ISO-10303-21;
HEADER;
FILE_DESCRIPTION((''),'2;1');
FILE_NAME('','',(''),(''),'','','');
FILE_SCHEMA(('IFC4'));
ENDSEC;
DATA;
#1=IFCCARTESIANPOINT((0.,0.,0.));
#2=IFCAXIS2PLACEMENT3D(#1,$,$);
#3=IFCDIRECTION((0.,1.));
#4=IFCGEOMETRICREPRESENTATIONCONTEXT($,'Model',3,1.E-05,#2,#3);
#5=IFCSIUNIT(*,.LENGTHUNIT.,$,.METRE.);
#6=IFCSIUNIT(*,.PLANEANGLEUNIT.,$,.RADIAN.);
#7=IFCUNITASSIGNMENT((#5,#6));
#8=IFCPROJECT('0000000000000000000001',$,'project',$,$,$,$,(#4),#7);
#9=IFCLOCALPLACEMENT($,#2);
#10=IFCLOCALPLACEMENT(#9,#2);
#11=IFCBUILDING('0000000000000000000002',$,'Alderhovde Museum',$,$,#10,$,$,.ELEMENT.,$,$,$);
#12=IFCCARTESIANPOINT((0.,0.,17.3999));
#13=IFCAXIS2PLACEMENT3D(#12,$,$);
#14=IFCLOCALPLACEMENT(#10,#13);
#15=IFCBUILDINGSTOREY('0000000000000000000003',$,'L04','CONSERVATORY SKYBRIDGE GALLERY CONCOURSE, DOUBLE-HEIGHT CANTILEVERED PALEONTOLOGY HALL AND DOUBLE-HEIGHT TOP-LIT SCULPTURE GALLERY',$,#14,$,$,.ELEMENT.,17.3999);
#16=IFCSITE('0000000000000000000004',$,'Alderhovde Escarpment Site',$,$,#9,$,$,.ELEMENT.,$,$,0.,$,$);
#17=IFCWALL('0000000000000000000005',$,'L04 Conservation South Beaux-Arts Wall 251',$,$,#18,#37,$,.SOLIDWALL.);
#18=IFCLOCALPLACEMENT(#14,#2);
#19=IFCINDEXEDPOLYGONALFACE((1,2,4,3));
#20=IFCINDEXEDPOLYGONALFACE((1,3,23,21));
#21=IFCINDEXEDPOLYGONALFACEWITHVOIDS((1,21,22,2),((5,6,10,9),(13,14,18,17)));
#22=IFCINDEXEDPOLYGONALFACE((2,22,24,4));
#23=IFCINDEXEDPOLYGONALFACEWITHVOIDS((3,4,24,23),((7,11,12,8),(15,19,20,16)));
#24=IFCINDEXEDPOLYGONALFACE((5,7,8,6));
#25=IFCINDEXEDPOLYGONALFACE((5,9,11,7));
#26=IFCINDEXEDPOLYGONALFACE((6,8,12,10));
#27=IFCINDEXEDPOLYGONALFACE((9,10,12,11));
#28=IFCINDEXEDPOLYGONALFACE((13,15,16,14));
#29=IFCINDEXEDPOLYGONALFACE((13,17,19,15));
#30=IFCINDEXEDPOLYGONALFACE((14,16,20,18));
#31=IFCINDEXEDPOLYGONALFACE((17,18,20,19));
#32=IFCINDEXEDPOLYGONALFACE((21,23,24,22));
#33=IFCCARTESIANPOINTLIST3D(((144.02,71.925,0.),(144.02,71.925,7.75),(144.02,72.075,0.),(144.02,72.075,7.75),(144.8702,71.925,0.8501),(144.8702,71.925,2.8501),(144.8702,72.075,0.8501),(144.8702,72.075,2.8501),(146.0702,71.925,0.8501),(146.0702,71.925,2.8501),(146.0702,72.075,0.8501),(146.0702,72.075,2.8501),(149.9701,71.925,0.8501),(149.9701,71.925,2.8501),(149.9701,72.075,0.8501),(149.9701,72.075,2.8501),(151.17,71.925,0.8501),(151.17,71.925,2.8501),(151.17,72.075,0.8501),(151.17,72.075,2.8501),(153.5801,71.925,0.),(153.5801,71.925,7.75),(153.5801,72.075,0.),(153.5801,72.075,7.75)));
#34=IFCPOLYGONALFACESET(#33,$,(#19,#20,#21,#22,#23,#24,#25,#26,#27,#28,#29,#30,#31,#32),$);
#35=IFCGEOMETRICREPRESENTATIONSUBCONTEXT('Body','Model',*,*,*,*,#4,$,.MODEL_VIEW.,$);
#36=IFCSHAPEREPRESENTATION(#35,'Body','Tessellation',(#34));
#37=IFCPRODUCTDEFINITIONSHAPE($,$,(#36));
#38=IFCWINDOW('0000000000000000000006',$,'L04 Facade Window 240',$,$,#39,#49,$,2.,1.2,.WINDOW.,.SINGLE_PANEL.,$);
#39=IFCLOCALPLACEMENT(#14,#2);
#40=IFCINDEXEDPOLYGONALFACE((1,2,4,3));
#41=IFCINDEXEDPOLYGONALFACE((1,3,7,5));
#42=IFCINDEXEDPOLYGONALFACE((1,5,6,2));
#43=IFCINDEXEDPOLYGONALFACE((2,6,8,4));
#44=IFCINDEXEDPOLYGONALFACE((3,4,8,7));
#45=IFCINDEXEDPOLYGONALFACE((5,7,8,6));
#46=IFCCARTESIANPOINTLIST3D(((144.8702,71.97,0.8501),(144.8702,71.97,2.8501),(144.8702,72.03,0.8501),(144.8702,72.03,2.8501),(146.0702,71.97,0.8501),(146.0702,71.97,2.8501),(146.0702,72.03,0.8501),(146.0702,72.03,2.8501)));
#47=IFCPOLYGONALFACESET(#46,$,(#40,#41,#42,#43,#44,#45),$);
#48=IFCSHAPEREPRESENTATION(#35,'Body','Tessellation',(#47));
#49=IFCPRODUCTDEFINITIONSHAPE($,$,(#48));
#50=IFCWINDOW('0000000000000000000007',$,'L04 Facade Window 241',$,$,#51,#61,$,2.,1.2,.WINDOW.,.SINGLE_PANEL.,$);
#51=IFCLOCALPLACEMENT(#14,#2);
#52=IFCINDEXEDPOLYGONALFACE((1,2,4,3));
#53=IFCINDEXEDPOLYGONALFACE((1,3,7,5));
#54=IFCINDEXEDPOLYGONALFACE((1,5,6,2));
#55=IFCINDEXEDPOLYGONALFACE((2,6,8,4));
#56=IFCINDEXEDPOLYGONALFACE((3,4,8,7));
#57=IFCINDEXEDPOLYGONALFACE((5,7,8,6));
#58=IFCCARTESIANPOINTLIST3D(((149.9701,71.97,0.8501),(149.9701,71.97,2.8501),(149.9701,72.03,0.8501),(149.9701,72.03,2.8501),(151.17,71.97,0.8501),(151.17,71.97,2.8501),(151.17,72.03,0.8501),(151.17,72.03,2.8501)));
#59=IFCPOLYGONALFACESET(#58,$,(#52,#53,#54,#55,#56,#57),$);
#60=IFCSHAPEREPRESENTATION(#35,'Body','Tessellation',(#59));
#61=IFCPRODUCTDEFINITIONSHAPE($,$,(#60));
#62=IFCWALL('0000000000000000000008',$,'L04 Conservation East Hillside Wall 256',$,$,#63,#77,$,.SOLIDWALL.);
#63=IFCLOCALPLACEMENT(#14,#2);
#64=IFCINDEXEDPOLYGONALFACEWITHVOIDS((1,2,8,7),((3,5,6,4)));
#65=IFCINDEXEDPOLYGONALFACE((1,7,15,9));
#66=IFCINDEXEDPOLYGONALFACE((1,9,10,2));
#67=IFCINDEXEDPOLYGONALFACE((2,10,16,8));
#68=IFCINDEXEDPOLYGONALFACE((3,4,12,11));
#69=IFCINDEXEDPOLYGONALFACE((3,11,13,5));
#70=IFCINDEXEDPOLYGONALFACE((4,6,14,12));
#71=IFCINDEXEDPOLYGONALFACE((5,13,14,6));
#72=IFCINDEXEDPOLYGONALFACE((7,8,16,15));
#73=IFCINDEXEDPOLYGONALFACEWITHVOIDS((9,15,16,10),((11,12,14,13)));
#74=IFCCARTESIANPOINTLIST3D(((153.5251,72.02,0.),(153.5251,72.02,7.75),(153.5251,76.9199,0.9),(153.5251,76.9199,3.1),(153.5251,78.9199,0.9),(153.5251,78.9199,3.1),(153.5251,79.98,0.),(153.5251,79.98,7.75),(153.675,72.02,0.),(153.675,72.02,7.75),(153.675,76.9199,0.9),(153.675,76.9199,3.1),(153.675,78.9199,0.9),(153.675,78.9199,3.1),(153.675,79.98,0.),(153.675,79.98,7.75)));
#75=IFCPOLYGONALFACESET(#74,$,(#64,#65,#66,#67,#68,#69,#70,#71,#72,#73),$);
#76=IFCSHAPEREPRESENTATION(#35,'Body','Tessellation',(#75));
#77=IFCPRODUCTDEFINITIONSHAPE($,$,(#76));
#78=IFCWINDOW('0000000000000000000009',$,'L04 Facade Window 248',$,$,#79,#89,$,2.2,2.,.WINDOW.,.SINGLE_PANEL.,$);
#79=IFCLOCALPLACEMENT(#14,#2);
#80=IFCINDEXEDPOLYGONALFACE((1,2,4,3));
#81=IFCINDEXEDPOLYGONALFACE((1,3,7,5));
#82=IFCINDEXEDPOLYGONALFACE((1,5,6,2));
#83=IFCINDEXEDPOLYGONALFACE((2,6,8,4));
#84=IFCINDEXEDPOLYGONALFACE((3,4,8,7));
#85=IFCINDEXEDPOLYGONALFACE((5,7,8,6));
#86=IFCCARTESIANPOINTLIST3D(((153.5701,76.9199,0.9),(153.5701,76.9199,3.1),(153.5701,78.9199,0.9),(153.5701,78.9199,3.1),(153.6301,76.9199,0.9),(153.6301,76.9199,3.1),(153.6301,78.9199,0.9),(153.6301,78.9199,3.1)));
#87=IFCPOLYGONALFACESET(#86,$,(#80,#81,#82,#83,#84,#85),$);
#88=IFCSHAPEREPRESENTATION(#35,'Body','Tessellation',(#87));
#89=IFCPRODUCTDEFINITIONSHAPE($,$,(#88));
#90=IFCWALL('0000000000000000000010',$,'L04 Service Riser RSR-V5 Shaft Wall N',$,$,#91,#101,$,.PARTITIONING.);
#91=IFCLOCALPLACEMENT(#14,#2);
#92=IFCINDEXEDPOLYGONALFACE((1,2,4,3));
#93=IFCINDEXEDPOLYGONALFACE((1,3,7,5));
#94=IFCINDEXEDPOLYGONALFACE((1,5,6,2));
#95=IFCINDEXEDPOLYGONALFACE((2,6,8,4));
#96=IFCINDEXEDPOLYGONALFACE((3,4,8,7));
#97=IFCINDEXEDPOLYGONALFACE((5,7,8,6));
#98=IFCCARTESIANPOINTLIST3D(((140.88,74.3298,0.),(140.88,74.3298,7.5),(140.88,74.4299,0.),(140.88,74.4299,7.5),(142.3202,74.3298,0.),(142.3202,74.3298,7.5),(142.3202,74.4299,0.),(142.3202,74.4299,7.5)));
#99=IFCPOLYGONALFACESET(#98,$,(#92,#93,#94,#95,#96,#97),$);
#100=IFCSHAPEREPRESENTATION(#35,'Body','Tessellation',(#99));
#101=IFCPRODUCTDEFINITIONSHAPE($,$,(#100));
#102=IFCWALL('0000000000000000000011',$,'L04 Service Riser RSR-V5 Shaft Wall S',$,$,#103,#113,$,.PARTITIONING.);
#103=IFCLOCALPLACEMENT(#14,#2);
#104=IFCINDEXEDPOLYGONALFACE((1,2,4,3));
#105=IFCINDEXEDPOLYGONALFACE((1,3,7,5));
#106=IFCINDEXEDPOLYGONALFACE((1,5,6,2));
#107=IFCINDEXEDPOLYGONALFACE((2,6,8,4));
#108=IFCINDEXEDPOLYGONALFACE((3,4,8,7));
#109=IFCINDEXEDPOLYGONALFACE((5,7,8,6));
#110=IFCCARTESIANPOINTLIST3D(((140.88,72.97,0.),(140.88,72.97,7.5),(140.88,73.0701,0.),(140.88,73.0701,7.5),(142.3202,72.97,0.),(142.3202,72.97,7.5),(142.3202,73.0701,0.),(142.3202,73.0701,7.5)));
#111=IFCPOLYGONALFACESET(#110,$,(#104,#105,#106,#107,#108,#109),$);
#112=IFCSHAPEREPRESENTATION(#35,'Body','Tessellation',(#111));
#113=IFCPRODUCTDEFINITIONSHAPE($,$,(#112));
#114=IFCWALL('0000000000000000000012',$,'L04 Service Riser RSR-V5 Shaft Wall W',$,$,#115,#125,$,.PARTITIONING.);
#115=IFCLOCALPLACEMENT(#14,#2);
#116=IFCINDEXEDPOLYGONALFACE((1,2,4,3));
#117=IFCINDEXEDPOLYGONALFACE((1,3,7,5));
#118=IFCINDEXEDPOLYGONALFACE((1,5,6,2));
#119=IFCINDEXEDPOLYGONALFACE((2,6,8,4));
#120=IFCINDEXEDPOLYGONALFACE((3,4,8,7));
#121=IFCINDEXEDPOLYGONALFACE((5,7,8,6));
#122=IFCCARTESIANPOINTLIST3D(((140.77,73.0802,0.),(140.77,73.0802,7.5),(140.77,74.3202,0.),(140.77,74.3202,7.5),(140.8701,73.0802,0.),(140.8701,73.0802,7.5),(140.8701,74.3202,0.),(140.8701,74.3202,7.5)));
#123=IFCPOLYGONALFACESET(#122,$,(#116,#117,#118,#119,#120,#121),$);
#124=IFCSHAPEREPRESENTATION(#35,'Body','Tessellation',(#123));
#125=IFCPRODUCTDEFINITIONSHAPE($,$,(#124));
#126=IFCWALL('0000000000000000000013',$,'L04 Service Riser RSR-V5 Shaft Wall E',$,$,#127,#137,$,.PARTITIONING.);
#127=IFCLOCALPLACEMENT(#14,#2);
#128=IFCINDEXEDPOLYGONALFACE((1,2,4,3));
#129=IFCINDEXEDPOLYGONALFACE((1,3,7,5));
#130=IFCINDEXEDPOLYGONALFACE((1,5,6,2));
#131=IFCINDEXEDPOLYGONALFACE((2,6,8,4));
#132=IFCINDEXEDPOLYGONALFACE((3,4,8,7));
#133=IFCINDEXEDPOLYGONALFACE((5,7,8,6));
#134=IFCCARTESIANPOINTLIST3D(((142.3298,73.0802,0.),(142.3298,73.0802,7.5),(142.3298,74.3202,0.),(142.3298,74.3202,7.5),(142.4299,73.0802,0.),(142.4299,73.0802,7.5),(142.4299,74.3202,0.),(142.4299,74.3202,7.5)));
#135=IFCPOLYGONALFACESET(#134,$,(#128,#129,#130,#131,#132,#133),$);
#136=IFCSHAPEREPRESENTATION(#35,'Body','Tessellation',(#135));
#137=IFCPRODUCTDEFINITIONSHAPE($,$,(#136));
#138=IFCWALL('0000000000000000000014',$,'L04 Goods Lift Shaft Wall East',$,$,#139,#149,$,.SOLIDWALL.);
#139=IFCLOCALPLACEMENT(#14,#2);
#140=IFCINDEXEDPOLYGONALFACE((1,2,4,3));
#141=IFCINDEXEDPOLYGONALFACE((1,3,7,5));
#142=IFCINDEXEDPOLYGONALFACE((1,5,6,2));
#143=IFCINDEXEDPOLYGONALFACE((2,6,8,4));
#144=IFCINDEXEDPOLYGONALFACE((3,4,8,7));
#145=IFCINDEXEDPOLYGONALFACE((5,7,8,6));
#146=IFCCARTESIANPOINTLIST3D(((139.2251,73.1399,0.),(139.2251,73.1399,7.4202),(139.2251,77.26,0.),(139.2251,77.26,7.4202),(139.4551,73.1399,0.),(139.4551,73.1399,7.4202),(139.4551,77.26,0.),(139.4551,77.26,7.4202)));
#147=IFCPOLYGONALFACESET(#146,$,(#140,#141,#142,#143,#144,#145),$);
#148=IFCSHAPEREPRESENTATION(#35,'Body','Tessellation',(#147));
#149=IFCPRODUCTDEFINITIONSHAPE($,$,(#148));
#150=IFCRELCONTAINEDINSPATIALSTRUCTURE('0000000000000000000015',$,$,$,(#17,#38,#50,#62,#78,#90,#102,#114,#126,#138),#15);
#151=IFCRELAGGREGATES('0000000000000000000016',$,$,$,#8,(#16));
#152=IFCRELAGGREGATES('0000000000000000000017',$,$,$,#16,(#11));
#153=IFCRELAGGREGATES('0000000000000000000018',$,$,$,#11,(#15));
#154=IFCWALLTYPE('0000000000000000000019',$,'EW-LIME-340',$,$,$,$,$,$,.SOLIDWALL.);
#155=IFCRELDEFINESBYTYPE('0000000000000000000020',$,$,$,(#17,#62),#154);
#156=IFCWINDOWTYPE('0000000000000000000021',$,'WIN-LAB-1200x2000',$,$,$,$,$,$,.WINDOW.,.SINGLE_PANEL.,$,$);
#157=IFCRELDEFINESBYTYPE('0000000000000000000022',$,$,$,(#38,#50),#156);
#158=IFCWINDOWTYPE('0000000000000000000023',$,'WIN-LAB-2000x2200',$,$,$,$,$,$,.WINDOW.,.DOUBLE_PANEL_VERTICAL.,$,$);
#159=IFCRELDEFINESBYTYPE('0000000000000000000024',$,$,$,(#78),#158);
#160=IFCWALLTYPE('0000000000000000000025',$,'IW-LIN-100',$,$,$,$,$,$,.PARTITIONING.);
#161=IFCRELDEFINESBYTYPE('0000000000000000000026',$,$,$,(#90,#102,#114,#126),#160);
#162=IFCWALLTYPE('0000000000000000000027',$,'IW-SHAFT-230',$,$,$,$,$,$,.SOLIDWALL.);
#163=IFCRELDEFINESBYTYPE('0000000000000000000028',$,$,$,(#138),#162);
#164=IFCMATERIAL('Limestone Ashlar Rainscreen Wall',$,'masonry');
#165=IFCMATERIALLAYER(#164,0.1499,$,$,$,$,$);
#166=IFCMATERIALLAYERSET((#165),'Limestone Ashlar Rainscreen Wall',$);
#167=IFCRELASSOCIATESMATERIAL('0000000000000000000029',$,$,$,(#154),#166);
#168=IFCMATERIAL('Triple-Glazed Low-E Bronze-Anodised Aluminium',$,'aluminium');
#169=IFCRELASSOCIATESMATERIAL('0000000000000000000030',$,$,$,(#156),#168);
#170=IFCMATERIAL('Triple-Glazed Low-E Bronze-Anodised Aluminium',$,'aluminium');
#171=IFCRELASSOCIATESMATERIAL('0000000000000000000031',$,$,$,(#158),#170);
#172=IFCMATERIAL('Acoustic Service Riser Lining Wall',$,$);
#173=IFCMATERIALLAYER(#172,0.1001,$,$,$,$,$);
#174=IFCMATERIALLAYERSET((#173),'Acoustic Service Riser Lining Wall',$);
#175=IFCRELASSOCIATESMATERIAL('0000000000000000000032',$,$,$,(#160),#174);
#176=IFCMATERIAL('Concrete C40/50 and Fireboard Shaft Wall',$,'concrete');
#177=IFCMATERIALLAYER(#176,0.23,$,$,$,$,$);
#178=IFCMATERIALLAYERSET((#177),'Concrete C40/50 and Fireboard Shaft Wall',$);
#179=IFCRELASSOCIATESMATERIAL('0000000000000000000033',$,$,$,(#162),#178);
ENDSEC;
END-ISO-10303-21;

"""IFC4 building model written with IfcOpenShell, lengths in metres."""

from ifc_helpers import new_model, si_unit, direction, frame, frame_2d, origin, place, context, subcontext, project, spatial, rectangle, extrude, material, layer, layer_set, type_object, element, fill, save


model = new_model("IFC4")

# Units and contexts
model_context = context("Model", 3, precision=1e-05, world=origin(), true_north=direction((0.0, 1.0)))
body_context = subcontext(model_context, "Body", "Model", "MODEL_VIEW")
ifc_project = project(units=[si_unit("LENGTHUNIT", "METRE"), si_unit("PLANEANGLEUNIT", "RADIAN")], contexts=[model_context])

# Site, building, storey
site_placement = place(None, origin())
site = spatial("IfcSite", under=ifc_project, at=site_placement, Name="Alderhovde Escarpment Site", CompositionType="ELEMENT", RefElevation=0.0)
building_placement = place(site_placement, origin())
building = spatial("IfcBuilding", under=site, at=building_placement, Name="Alderhovde Museum", CompositionType="ELEMENT")
storey_placement = place(building_placement, frame((0.0, 0.0, 17.3999)))
storey = spatial("IfcBuildingStorey", under=building, at=storey_placement, Name="L04", Description="CONSERVATORY SKYBRIDGE GALLERY CONCOURSE, DOUBLE-HEIGHT CANTILEVERED PALEONTOLOGY HALL AND DOUBLE-HEIGHT TOP-LIT SCULPTURE GALLERY", CompositionType="ELEMENT", Elevation=17.3999)

# Wall, openings, windows
ifc_material_1 = material(Name="Limestone Ashlar Rainscreen Wall", Category="masonry")
ifc_layer_1 = layer(ifc_material_1, 0.1499)
ifc_layer_set_1 = layer_set([ifc_layer_1], Name="Limestone Ashlar Rainscreen Wall")
wall_type_1 = type_object("IfcWallType", Name="EW-LIME-340", PredefinedType="SOLIDWALL", material=ifc_layer_set_1)
wall_1_placement = place(storey_placement, frame((144.02, 72.0, 0.0), z_axis=(0.0, 0.0, 1.0), x_axis=(1.0, 0.0, 0.0)))
wall_1 = element("IfcWall", 1, at=wall_1_placement, inside=storey, type_object=wall_type_1, Name="L04 Conservation South Beaux-Arts Wall 251", PredefinedType="SOLIDWALL", context=body_context, shape_type="SweptSolid", body=[
    extrude(rectangle(XDim=9.5601, YDim=0.1499, at=frame_2d((4.78, 0.0))), origin(), (0.0, 0.0, 1.0), 7.75),
])
opening_1_placement = place(wall_1_placement, frame((0.8501, 0.0, 0.8501)))
opening_1 = element("IfcOpeningElement", 2, at=opening_1_placement, cuts=wall_1, PredefinedType="OPENING", context=body_context, shape_type="SweptSolid", body=[
    extrude(rectangle(XDim=1.2, YDim=2.0, at=frame_2d((0.6001, 1.0))), frame((0.0, 0.085, 0.0), z_axis=(0.0, -1.0, 0.0), x_axis=(1.0, 0.0, 0.0)), (0.0, 0.0, 1.0), 0.1699),
])
opening_2_placement = place(wall_1_placement, frame((5.95, 0.0, 0.8501)))
opening_2 = element("IfcOpeningElement", 3, at=opening_2_placement, cuts=wall_1, PredefinedType="OPENING", context=body_context, shape_type="SweptSolid", body=[
    extrude(rectangle(XDim=1.2, YDim=2.0, at=frame_2d((0.6001, 1.0))), frame((0.0, 0.085, 0.0), z_axis=(0.0, -1.0, 0.0), x_axis=(1.0, 0.0, 0.0)), (0.0, 0.0, 1.0), 0.1699),
])
ifc_material_2 = material(Name="Triple-Glazed Low-E Bronze-Anodised Aluminium", Category="aluminium")
window_type_1 = type_object("IfcWindowType", Name="WIN-LAB-1200x2000", PartitioningType="SINGLE_PANEL", PredefinedType="WINDOW", material=ifc_material_2)
window_1_placement = place(opening_1_placement, origin())
window_1 = element("IfcWindow", 4, at=window_1_placement, inside=storey, type_object=window_type_1, Name="L04 Facade Window 240", OverallHeight=2.0, OverallWidth=1.2, PartitioningType="SINGLE_PANEL", PredefinedType="WINDOW", context=body_context, shape_type="SweptSolid", body=[
    extrude(rectangle(XDim=1.2, YDim=2.0, at=frame_2d((0.6001, 1.0))), frame((0.0, 0.03, 0.0), z_axis=(0.0, -1.0, 0.0), x_axis=(1.0, 0.0, 0.0)), (0.0, 0.0, 1.0), 0.0601),
])
fill(opening_1, window_1)
window_2_placement = place(opening_2_placement, origin())
window_2 = element("IfcWindow", 5, at=window_2_placement, inside=storey, type_object=window_type_1, Name="L04 Facade Window 241", OverallHeight=2.0, OverallWidth=1.2, PartitioningType="SINGLE_PANEL", PredefinedType="WINDOW", context=body_context, shape_type="SweptSolid", body=[
    extrude(rectangle(XDim=1.2, YDim=2.0, at=frame_2d((0.6001, 1.0))), frame((0.0, 0.03, 0.0), z_axis=(0.0, -1.0, 0.0), x_axis=(1.0, 0.0, 0.0)), (0.0, 0.0, 1.0), 0.0601),
])
fill(opening_2, window_2)

# Wall, opening, window
wall_2_placement = place(storey_placement, frame((153.6001, 72.02, 0.0), z_axis=(0.0, 0.0, 1.0), x_axis=(0.0, 1.0, 0.0)))
wall_2 = element("IfcWall", 6, at=wall_2_placement, inside=storey, type_object=wall_type_1, Name="L04 Conservation East Hillside Wall 256", PredefinedType="SOLIDWALL", context=body_context, shape_type="SweptSolid", body=[
    extrude(rectangle(XDim=7.96, YDim=0.1499, at=frame_2d((3.98, 0.0))), origin(), (0.0, 0.0, 1.0), 7.75),
])
opening_3_placement = place(wall_2_placement, frame((4.8999, 0.0, 0.8999)))
opening_3 = element("IfcOpeningElement", 7, at=opening_3_placement, cuts=wall_2, PredefinedType="OPENING", context=body_context, shape_type="SweptSolid", body=[
    extrude(rectangle(XDim=2.0, YDim=2.2, at=frame_2d((1.0, 1.1001))), frame((0.0, 0.085, 0.0), z_axis=(0.0, -1.0, 0.0), x_axis=(1.0, 0.0, 0.0)), (0.0, 0.0, 1.0), 0.1699),
])
ifc_material_3 = material(Name="Triple-Glazed Low-E Bronze-Anodised Aluminium", Category="aluminium")
window_type_2 = type_object("IfcWindowType", Name="WIN-LAB-2000x2200", PartitioningType="DOUBLE_PANEL_VERTICAL", PredefinedType="WINDOW", material=ifc_material_3)
window_3_placement = place(opening_3_placement, origin())
window_3 = element("IfcWindow", 8, at=window_3_placement, inside=storey, type_object=window_type_2, Name="L04 Facade Window 248", OverallHeight=2.2, OverallWidth=2.0, PartitioningType="SINGLE_PANEL", PredefinedType="WINDOW", context=body_context, shape_type="SweptSolid", body=[
    extrude(rectangle(XDim=2.0, YDim=2.2, at=frame_2d((1.0, 1.1001))), frame((0.0, 0.03, 0.0), z_axis=(0.0, -1.0, 0.0), x_axis=(1.0, 0.0, 0.0)), (0.0, 0.0, 1.0), 0.0601),
])
fill(opening_3, window_3)

# Walls
ifc_material_4 = material(Name="Acoustic Service Riser Lining Wall")
ifc_layer_2 = layer(ifc_material_4, 0.1001)
ifc_layer_set_2 = layer_set([ifc_layer_2], Name="Acoustic Service Riser Lining Wall")
wall_type_2 = type_object("IfcWallType", Name="IW-LIN-100", PredefinedType="PARTITIONING", material=ifc_layer_set_2)
for number, where, z_axis, x_axis, name in (
    (9, (140.8799, 74.3799, 0.0), (0.0, 0.0, 1.0), (1.0, 0.0, 0.0), "L04 Service Riser RSR-V5 Shaft Wall N"),
    (10, (140.8799, 73.02, 0.0), (0.0, 0.0, 1.0), (1.0, 0.0, 0.0), "L04 Service Riser RSR-V5 Shaft Wall S"),
):
    element("IfcWall", number, at=place(storey_placement, frame(where, z_axis=z_axis, x_axis=x_axis)), inside=storey, type_object=wall_type_2, Name=name, PredefinedType="PARTITIONING", context=body_context, shape_type="SweptSolid", body=[
        extrude(rectangle(XDim=1.4402, YDim=0.1001, at=frame_2d((0.7202, 0.0))), origin(), (0.0, 0.0, 1.0), 7.5),
    ])
for number, where, z_axis, x_axis, name in (
    (11, (140.8201, 73.0801, 0.0), (0.0, 0.0, 1.0), (0.0, 1.0, 0.0), "L04 Service Riser RSR-V5 Shaft Wall W"),
    (12, (142.3799, 73.0801, 0.0), (0.0, 0.0, 1.0), (0.0, 1.0, 0.0), "L04 Service Riser RSR-V5 Shaft Wall E"),
):
    element("IfcWall", number, at=place(storey_placement, frame(where, z_axis=z_axis, x_axis=x_axis)), inside=storey, type_object=wall_type_2, Name=name, PredefinedType="PARTITIONING", context=body_context, shape_type="SweptSolid", body=[
        extrude(rectangle(XDim=1.24, YDim=0.1001, at=frame_2d((0.6201, 0.0))), origin(), (0.0, 0.0, 1.0), 7.5),
    ])
ifc_material_5 = material(Name="Concrete C40/50 and Fireboard Shaft Wall", Category="concrete")
ifc_layer_3 = layer(ifc_material_5, 0.23)
ifc_layer_set_3 = layer_set([ifc_layer_3], Name="Concrete C40/50 and Fireboard Shaft Wall")
wall_type_3 = type_object("IfcWallType", Name="IW-SHAFT-230", PredefinedType="SOLIDWALL", material=ifc_layer_set_3)
wall_3_placement = place(storey_placement, frame((139.3401, 73.1399, 0.0), z_axis=(0.0, 0.0, 1.0), x_axis=(0.0, 1.0, 0.0)))
element("IfcWall", 13, at=wall_3_placement, inside=storey, type_object=wall_type_3, Name="L04 Goods Lift Shaft Wall East", PredefinedType="SOLIDWALL", context=body_context, shape_type="SweptSolid", body=[
    extrude(rectangle(XDim=4.1201, YDim=0.23, at=frame_2d((2.0601, 0.0))), origin(), (0.0, 0.0, 1.0), 7.4202),
])

save(model, "model.ifc")
